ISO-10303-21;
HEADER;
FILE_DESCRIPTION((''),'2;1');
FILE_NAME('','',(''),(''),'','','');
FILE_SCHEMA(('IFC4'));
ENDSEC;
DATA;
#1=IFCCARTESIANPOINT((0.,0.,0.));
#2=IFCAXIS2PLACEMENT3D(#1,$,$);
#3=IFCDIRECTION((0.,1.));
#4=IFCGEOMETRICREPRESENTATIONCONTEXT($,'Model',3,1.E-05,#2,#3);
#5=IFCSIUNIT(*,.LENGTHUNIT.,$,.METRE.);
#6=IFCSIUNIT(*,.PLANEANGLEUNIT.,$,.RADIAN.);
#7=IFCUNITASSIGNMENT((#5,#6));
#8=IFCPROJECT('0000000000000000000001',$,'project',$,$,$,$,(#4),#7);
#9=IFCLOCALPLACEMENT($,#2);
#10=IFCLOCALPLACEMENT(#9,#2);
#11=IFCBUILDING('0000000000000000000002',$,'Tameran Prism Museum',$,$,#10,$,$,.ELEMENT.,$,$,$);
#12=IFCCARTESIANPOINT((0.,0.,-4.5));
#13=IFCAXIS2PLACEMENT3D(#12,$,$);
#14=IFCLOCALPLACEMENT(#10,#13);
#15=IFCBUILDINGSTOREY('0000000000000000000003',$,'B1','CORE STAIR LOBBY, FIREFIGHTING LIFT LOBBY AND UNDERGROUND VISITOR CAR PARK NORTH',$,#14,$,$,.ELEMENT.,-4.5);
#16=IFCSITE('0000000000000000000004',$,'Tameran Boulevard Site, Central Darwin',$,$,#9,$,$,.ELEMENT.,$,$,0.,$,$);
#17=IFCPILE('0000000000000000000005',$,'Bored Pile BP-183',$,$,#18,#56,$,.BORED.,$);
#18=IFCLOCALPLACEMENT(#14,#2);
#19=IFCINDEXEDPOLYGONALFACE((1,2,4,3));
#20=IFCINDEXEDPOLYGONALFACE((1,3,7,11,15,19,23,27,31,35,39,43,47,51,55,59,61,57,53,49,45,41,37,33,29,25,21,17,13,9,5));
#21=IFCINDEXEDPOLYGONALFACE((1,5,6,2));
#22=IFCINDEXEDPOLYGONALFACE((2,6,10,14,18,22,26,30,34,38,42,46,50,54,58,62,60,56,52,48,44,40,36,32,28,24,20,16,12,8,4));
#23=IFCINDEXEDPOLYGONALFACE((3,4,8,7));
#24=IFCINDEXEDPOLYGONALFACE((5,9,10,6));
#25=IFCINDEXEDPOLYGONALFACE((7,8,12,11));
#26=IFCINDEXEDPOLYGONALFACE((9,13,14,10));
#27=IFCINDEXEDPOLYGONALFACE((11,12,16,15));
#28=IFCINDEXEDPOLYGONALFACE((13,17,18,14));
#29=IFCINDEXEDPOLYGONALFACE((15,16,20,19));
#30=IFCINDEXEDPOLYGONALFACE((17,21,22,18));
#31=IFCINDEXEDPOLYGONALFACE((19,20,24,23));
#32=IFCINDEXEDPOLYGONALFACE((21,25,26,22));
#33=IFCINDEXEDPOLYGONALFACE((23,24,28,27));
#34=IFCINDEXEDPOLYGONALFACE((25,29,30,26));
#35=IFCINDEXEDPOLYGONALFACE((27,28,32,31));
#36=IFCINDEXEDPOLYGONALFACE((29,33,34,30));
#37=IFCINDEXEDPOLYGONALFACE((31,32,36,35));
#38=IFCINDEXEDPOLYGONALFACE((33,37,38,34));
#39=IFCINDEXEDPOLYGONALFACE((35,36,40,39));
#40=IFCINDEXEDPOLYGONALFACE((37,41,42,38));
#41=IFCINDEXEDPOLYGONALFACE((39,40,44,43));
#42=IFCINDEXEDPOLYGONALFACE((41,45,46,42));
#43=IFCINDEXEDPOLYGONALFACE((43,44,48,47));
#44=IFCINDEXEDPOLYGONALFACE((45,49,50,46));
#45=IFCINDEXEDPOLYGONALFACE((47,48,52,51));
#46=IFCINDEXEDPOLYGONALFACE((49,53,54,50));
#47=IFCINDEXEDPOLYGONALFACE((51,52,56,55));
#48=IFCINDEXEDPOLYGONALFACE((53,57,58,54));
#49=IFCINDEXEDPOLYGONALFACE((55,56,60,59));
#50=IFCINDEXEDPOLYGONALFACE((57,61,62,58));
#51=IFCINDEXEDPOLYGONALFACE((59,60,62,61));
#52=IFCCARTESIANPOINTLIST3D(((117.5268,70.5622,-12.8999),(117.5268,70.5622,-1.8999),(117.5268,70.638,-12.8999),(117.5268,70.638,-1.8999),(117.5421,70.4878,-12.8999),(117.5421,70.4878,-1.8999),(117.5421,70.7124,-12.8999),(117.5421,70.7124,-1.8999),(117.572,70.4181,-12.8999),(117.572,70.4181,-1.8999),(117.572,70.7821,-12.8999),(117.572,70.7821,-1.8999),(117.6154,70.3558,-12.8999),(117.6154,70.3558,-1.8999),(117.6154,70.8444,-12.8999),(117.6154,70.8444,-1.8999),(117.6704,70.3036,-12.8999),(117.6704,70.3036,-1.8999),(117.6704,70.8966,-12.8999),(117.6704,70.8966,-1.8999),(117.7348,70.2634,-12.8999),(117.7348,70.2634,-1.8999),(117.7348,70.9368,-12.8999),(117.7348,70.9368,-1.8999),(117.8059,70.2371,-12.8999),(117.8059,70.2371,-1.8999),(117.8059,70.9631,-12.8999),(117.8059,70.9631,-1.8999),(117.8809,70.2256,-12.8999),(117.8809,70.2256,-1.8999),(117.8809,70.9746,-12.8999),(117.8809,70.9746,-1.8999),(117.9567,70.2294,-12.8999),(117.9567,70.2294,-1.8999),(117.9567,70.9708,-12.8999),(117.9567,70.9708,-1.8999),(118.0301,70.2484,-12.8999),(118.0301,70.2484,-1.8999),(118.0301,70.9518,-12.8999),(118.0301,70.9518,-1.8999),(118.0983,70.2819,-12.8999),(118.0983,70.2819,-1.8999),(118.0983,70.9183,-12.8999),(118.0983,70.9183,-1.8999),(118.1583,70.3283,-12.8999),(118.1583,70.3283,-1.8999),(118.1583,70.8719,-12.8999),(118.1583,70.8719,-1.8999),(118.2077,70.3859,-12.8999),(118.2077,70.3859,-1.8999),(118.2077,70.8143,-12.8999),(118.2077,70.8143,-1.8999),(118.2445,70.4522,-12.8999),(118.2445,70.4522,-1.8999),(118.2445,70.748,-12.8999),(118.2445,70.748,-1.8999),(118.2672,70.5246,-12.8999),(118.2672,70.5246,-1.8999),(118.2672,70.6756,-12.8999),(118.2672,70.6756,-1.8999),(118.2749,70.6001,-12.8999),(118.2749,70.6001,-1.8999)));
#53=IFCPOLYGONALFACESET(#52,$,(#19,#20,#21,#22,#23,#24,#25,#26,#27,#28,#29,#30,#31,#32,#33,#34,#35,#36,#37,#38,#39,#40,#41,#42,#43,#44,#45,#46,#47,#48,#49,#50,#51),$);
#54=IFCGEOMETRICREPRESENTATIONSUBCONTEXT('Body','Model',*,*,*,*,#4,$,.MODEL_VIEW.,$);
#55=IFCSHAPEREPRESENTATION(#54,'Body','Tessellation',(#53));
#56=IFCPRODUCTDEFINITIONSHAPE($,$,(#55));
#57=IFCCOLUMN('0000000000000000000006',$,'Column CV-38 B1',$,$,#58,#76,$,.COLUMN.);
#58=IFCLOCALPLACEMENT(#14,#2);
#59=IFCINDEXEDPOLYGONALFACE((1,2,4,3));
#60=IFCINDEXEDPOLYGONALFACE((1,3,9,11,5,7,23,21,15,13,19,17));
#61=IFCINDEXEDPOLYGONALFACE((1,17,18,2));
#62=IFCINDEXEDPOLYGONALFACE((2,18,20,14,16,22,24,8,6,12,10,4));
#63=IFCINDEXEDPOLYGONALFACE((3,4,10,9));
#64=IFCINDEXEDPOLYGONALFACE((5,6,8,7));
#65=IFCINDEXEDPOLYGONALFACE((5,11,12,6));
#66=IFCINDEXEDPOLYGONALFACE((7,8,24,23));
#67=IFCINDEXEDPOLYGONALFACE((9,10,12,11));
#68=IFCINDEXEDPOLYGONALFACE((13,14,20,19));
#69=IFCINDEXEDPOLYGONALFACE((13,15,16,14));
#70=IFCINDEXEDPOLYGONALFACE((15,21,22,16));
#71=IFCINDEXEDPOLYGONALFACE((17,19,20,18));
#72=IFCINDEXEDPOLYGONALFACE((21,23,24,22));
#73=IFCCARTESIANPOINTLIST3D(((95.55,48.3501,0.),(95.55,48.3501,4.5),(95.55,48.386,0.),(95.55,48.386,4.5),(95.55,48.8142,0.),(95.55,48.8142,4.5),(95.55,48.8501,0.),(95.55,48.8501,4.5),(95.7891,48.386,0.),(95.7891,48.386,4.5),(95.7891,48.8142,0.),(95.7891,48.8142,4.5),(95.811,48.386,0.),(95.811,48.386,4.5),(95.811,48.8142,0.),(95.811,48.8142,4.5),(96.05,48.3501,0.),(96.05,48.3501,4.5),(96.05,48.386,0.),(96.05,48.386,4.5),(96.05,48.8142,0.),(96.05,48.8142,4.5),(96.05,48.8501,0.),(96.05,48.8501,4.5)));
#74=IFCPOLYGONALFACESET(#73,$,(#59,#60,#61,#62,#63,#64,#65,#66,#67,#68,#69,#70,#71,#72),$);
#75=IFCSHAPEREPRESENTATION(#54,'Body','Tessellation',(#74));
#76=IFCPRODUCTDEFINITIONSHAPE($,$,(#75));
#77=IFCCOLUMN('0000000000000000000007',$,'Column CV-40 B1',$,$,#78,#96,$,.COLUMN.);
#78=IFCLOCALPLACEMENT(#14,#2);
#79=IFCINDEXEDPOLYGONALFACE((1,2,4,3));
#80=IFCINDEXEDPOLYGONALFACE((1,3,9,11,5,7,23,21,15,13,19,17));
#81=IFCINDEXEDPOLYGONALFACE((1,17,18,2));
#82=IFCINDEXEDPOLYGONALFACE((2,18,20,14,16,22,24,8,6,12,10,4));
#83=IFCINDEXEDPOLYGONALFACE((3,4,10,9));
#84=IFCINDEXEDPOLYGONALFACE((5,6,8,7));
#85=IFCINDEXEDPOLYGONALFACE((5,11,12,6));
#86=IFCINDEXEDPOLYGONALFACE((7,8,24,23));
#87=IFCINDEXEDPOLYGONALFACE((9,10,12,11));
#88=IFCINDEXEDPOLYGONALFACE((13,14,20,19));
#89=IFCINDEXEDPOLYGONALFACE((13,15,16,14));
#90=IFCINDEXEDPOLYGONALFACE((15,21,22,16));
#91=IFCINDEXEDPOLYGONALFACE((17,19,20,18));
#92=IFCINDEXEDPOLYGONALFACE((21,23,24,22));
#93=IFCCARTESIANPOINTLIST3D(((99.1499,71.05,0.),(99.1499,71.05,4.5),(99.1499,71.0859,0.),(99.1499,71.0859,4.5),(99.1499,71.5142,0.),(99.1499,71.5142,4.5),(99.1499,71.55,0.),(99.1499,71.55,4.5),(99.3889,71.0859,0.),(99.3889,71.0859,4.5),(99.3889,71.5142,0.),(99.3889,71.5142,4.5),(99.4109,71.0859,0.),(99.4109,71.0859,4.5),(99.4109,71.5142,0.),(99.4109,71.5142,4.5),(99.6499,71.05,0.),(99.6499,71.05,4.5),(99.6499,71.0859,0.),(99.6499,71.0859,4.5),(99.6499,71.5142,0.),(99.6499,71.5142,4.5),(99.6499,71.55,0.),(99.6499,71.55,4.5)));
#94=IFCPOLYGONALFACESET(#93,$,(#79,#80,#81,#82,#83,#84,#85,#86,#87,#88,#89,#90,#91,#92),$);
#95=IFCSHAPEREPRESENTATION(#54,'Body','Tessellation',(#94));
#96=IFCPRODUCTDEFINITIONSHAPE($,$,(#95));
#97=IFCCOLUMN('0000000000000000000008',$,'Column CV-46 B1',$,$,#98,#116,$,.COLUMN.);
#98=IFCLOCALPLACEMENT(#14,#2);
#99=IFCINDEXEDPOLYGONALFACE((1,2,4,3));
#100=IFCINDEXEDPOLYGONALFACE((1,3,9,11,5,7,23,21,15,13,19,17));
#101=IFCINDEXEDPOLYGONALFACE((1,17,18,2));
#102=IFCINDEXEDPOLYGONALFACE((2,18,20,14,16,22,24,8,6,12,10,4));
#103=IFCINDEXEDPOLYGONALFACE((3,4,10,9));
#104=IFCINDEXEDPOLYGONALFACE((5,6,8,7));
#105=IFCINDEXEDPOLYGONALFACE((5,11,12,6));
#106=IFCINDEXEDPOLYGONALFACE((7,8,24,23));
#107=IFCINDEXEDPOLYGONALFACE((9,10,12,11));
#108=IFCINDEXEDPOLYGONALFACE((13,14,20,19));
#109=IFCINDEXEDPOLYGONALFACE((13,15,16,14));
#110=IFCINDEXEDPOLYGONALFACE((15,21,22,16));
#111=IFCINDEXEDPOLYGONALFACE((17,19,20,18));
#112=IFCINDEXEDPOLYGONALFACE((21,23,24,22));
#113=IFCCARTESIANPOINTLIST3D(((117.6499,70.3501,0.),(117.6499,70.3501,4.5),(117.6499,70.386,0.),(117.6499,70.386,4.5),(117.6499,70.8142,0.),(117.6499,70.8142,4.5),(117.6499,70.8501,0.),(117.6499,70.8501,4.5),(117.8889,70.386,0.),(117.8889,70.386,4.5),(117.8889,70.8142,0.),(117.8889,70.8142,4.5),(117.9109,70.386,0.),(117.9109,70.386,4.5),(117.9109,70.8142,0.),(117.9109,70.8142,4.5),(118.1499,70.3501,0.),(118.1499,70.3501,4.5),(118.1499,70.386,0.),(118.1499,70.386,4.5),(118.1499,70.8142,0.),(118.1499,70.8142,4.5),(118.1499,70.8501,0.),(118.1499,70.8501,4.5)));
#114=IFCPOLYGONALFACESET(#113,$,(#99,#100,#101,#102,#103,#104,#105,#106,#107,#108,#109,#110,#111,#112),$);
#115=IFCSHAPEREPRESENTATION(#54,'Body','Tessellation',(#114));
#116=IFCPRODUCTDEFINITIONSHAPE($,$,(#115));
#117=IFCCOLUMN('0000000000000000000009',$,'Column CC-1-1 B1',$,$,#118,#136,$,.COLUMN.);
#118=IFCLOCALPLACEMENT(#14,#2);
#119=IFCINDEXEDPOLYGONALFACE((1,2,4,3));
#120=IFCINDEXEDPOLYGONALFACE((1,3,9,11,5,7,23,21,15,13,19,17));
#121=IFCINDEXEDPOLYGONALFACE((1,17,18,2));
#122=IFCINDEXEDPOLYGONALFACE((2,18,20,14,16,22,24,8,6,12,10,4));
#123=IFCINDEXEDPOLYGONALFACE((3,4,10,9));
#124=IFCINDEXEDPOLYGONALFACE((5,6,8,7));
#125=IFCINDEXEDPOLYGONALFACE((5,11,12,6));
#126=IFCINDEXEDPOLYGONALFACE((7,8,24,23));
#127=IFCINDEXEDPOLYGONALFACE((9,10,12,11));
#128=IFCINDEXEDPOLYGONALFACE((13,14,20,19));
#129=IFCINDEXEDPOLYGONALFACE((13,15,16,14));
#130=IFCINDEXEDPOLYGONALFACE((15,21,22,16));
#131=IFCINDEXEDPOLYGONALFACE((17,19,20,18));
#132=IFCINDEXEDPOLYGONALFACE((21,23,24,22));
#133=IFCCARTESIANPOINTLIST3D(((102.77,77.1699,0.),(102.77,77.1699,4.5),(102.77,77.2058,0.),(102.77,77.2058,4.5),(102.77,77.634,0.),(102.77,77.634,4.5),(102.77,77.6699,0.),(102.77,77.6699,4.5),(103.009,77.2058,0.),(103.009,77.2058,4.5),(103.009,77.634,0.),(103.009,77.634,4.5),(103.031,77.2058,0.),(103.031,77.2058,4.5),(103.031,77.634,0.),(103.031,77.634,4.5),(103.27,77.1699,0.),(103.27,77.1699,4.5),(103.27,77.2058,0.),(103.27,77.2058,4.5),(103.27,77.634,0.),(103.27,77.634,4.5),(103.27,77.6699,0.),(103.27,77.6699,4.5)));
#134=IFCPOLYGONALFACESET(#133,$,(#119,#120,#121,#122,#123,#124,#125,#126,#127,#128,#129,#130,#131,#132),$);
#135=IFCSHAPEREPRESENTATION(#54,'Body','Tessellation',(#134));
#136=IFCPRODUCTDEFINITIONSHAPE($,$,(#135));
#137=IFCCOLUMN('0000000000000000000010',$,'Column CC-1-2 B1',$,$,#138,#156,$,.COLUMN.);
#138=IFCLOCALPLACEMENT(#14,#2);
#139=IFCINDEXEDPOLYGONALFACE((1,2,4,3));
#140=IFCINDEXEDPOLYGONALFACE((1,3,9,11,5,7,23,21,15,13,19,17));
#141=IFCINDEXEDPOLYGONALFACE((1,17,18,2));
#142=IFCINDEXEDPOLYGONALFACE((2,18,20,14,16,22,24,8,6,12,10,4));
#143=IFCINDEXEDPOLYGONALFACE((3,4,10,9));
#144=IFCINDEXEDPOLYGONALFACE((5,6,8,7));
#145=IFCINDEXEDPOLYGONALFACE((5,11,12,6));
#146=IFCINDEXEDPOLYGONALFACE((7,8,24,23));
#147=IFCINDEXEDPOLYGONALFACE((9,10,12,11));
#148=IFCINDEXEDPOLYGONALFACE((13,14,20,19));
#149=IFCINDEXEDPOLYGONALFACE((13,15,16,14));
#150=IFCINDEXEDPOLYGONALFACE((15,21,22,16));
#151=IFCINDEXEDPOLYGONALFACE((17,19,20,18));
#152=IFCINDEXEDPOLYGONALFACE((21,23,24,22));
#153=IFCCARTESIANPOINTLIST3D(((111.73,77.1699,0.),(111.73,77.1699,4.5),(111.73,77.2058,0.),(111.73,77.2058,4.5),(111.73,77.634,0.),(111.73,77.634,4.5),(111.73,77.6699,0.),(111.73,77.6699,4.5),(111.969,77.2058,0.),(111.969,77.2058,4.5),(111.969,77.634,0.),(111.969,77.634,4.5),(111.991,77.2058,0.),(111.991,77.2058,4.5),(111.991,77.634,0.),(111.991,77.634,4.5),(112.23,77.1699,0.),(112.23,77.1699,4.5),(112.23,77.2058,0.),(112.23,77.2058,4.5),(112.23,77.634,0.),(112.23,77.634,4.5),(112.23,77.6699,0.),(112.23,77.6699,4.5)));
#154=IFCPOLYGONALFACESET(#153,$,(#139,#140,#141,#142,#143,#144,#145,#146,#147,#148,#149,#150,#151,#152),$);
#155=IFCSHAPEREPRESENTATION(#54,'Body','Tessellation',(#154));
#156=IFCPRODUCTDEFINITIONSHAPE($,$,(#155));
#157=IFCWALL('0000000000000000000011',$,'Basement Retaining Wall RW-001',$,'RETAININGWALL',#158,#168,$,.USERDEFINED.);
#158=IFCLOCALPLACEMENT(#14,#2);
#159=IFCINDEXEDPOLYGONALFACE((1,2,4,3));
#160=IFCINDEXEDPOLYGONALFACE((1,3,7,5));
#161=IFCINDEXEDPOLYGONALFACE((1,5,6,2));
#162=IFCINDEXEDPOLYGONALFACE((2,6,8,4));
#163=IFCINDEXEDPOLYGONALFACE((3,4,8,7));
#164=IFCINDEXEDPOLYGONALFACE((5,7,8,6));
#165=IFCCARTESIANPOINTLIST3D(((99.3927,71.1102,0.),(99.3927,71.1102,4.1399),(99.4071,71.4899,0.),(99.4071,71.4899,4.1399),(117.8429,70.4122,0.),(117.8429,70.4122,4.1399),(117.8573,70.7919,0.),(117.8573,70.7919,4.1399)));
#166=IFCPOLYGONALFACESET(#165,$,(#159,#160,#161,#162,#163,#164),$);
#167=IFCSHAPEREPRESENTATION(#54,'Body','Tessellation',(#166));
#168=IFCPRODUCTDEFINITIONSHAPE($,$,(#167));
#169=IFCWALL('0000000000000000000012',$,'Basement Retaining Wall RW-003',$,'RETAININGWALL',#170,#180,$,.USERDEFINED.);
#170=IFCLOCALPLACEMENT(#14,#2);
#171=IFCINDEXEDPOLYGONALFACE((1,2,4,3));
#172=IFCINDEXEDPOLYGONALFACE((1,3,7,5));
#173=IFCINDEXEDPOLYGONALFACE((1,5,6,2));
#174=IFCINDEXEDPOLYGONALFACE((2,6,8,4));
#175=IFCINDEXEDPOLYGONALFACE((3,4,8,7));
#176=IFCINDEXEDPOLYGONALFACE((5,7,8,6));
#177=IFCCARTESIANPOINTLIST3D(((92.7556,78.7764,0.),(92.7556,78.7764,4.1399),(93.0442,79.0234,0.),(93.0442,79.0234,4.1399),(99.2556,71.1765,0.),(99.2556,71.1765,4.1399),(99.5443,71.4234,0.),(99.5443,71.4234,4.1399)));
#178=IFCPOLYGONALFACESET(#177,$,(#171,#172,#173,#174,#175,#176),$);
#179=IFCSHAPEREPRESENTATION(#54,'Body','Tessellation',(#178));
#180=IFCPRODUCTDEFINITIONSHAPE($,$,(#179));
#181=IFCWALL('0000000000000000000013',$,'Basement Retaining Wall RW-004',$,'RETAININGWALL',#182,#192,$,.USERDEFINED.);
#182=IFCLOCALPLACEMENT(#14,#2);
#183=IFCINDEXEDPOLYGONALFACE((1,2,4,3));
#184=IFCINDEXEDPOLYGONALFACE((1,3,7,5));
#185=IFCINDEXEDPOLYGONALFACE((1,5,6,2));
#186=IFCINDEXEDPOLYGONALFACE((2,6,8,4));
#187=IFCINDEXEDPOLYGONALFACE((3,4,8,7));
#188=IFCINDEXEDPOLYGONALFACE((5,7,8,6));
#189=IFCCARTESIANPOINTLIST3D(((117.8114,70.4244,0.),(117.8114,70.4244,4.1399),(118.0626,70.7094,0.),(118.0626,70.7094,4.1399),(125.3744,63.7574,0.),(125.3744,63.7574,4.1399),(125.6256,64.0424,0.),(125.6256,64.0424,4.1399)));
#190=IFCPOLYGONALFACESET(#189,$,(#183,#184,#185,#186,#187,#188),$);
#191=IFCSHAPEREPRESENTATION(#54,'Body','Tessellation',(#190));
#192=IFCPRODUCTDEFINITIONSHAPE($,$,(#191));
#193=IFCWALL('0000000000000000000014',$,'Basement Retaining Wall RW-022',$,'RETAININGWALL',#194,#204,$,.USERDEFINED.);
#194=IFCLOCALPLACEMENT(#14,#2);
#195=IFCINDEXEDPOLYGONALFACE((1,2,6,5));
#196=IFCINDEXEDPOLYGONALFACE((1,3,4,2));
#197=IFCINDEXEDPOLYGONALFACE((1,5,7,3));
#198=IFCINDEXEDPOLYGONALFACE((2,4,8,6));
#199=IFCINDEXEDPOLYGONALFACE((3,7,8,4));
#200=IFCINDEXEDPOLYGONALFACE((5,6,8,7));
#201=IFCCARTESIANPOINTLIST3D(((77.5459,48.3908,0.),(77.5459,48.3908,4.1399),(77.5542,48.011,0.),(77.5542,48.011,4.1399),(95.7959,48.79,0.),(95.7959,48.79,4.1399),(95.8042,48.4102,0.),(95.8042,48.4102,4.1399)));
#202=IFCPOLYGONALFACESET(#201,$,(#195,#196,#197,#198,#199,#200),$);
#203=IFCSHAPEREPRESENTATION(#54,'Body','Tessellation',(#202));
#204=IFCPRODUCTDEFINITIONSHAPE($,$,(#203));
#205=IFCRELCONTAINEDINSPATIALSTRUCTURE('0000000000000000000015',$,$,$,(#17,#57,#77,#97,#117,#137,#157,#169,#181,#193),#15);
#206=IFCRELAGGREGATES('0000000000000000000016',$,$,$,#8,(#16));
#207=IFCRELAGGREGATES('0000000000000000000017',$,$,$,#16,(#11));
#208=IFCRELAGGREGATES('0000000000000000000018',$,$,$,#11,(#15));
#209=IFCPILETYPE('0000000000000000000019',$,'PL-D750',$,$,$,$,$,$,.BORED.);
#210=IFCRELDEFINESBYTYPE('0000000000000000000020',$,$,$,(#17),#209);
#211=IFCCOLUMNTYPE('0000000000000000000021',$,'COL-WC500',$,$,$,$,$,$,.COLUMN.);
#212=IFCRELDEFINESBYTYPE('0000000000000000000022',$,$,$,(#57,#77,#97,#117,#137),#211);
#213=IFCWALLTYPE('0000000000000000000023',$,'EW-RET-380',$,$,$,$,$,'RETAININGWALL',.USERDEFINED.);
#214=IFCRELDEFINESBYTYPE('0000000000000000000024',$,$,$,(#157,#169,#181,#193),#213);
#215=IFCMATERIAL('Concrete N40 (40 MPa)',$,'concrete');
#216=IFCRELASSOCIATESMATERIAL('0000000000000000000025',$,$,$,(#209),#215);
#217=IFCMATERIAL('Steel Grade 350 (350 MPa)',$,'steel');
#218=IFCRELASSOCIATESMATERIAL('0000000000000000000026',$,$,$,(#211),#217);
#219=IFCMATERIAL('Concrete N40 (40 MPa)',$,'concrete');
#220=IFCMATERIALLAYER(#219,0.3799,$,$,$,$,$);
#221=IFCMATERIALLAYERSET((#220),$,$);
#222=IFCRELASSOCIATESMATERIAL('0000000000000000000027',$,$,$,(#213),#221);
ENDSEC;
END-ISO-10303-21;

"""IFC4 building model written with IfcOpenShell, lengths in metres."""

from ifc_helpers import new_model, si_unit, direction, frame, frame_2d, origin, origin_2d, place, context, subcontext, project, spatial, rectangle, circle, i_section, extrude, material, layer, layer_set, material_profile, profile_set, type_object, element, save


model = new_model("IFC4")

# Units and contexts
model_context = context("Model", 3, precision=1e-05, world=origin(), true_north=direction((0.0, 1.0)))
body_context = subcontext(model_context, "Body", "Model", "MODEL_VIEW")
ifc_project = project(units=[si_unit("LENGTHUNIT", "METRE"), si_unit("PLANEANGLEUNIT", "RADIAN")], contexts=[model_context])

# Site, building, storey
site_placement = place(None, origin())
site = spatial("IfcSite", under=ifc_project, at=site_placement, Name="Tameran Boulevard Site, Central Darwin", CompositionType="ELEMENT", RefElevation=0.0)
building_placement = place(site_placement, origin())
building = spatial("IfcBuilding", under=site, at=building_placement, Name="Tameran Prism Museum", CompositionType="ELEMENT")
storey_placement = place(building_placement, frame((0.0, 0.0, -4.5)))
storey = spatial("IfcBuildingStorey", under=building, at=storey_placement, Name="B1", Description="CORE STAIR LOBBY, FIREFIGHTING LIFT LOBBY AND UNDERGROUND VISITOR CAR PARK NORTH", CompositionType="ELEMENT", Elevation=-4.5)

# Pile
ifc_material_1 = material(Name="Concrete N40 (40 MPa)", Category="concrete")
ifc_material_profile_1 = material_profile(ifc_material_1, circle(Radius=0.375, at=origin_2d()))
ifc_profile_set_1 = profile_set([ifc_material_profile_1])
pile_type_1 = type_object("IfcPileType", Name="PL-D750", PredefinedType="BORED", material=ifc_profile_set_1)
for number, where, z_axis, x_axis, name in (
    (1, (117.8999, 70.6001, -1.8999), (0.0, 0.0, -1.0), (1.0, 0.0, 0.0), "Bored Pile BP-183"),
):
    element("IfcPile", number, at=place(storey_placement, frame(where, z_axis=z_axis, x_axis=x_axis)), inside=storey, type_object=pile_type_1, Name=name, PredefinedType="BORED", context=body_context, shape_type="SweptSolid", body=[
        extrude(circle(Radius=0.375, at=origin_2d()), origin(), (0.0, 0.0, 1.0), 11.0),
    ])

# Columns
ifc_material_2 = material(Name="Steel Grade 350 (350 MPa)", Category="steel")
ifc_material_profile_2 = material_profile(ifc_material_2, i_section(OverallWidth=0.5, OverallDepth=0.5, WebThickness=0.022, FlangeThickness=0.0359, at=origin_2d()))
ifc_profile_set_2 = profile_set([ifc_material_profile_2])
column_type = type_object("IfcColumnType", Name="COL-WC500", PredefinedType="COLUMN", material=ifc_profile_set_2)
for number, where, z_axis, x_axis, name in (
    (2, (95.8, 48.6001, 0.0), (0.0, 0.0, 1.0), (1.0, 0.0, 0.0), "Column CV-38 B1"),
    (3, (99.3999, 71.3, 0.0), (0.0, 0.0, 1.0), (1.0, 0.0, 0.0), "Column CV-40 B1"),
    (4, (117.8999, 70.6001, 0.0), (0.0, 0.0, 1.0), (1.0, 0.0, 0.0), "Column CV-46 B1"),
    (5, (103.02, 77.4199, 0.0), (0.0, 0.0, 1.0), (1.0, 0.0, 0.0), "Column CC-1-1 B1"),
    (6, (111.98, 77.4199, 0.0), (0.0, 0.0, 1.0), (1.0, 0.0, 0.0), "Column CC-1-2 B1"),
):
    element("IfcColumn", number, at=place(storey_placement, frame(where, z_axis=z_axis, x_axis=x_axis)), inside=storey, type_object=column_type, Name=name, PredefinedType="COLUMN", context=body_context, shape_type="SweptSolid", body=[
        extrude(i_section(OverallWidth=0.5, OverallDepth=0.5, WebThickness=0.022, FlangeThickness=0.0359, at=origin_2d()), origin(), (0.0, 0.0, 1.0), 4.5),
    ])

# Walls
ifc_material_3 = material(Name="Concrete N40 (40 MPa)", Category="concrete")
ifc_layer_1 = layer(ifc_material_3, 0.3799)
ifc_layer_set_1 = layer_set([ifc_layer_1])
wall_type_1 = type_object("IfcWallType", Name="EW-RET-380", ElementType="RETAININGWALL", PredefinedType="USERDEFINED", material=ifc_layer_set_1)
wall_1_placement = place(storey_placement, frame((99.3999, 71.3, 0.0), z_axis=(0.0, 0.0, 1.0), x_axis=(0.999285, -0.037804, 0.0)))
element("IfcWall", 7, at=wall_1_placement, inside=storey, type_object=wall_type_1, Name="Basement Retaining Wall RW-001", ObjectType="RETAININGWALL", PredefinedType="USERDEFINED", context=body_context, shape_type="SweptSolid", body=[
    extrude(rectangle(XDim=18.4634, YDim=0.3799, at=frame_2d((9.2317, 0.0))), origin(), (0.0, 0.0, 1.0), 4.1399),
])
wall_2_placement = place(storey_placement, frame((92.8999, 78.8999, 0.0), z_axis=(0.0, 0.0, 1.0), x_axis=(0.649975, -0.759956, 0.0)))
element("IfcWall", 8, at=wall_2_placement, inside=storey, type_object=wall_type_1, Name="Basement Retaining Wall RW-003", ObjectType="RETAININGWALL", PredefinedType="USERDEFINED", context=body_context, shape_type="SweptSolid", body=[
    extrude(rectangle(XDim=10.0005, YDim=0.3799, at=frame_2d((5.0002, 0.0))), origin(), (0.0, 0.0, 1.0), 4.1399),
])
wall_3_placement = place(storey_placement, frame((117.937, 70.5669, 0.0), z_axis=(0.0, 0.0, 1.0), x_axis=(0.750144, -0.661274, 0.0)))
element("IfcWall", 9, at=wall_3_placement, inside=storey, type_object=wall_type_1, Name="Basement Retaining Wall RW-004", ObjectType="RETAININGWALL", PredefinedType="USERDEFINED", context=body_context, shape_type="SweptSolid", body=[
    extrude(rectangle(XDim=10.082, YDim=0.3799, at=frame_2d((5.041, 0.0))), origin(), (0.0, 0.0, 1.0), 4.1399),
])
wall_4_placement = place(storey_placement, frame((95.8, 48.6001, 0.0), z_axis=(0.0, 0.0, 1.0), x_axis=(-0.999761, -0.021867, 0.0)))
element("IfcWall", 10, at=wall_4_placement, inside=storey, type_object=wall_type_1, Name="Basement Retaining Wall RW-022", ObjectType="RETAININGWALL", PredefinedType="USERDEFINED", context=body_context, shape_type="SweptSolid", body=[
    extrude(rectangle(XDim=18.2544, YDim=0.3799, at=frame_2d((9.1272, 0.0))), origin(), (0.0, 0.0, 1.0), 4.1399),
])

save(model, "model.ifc")
